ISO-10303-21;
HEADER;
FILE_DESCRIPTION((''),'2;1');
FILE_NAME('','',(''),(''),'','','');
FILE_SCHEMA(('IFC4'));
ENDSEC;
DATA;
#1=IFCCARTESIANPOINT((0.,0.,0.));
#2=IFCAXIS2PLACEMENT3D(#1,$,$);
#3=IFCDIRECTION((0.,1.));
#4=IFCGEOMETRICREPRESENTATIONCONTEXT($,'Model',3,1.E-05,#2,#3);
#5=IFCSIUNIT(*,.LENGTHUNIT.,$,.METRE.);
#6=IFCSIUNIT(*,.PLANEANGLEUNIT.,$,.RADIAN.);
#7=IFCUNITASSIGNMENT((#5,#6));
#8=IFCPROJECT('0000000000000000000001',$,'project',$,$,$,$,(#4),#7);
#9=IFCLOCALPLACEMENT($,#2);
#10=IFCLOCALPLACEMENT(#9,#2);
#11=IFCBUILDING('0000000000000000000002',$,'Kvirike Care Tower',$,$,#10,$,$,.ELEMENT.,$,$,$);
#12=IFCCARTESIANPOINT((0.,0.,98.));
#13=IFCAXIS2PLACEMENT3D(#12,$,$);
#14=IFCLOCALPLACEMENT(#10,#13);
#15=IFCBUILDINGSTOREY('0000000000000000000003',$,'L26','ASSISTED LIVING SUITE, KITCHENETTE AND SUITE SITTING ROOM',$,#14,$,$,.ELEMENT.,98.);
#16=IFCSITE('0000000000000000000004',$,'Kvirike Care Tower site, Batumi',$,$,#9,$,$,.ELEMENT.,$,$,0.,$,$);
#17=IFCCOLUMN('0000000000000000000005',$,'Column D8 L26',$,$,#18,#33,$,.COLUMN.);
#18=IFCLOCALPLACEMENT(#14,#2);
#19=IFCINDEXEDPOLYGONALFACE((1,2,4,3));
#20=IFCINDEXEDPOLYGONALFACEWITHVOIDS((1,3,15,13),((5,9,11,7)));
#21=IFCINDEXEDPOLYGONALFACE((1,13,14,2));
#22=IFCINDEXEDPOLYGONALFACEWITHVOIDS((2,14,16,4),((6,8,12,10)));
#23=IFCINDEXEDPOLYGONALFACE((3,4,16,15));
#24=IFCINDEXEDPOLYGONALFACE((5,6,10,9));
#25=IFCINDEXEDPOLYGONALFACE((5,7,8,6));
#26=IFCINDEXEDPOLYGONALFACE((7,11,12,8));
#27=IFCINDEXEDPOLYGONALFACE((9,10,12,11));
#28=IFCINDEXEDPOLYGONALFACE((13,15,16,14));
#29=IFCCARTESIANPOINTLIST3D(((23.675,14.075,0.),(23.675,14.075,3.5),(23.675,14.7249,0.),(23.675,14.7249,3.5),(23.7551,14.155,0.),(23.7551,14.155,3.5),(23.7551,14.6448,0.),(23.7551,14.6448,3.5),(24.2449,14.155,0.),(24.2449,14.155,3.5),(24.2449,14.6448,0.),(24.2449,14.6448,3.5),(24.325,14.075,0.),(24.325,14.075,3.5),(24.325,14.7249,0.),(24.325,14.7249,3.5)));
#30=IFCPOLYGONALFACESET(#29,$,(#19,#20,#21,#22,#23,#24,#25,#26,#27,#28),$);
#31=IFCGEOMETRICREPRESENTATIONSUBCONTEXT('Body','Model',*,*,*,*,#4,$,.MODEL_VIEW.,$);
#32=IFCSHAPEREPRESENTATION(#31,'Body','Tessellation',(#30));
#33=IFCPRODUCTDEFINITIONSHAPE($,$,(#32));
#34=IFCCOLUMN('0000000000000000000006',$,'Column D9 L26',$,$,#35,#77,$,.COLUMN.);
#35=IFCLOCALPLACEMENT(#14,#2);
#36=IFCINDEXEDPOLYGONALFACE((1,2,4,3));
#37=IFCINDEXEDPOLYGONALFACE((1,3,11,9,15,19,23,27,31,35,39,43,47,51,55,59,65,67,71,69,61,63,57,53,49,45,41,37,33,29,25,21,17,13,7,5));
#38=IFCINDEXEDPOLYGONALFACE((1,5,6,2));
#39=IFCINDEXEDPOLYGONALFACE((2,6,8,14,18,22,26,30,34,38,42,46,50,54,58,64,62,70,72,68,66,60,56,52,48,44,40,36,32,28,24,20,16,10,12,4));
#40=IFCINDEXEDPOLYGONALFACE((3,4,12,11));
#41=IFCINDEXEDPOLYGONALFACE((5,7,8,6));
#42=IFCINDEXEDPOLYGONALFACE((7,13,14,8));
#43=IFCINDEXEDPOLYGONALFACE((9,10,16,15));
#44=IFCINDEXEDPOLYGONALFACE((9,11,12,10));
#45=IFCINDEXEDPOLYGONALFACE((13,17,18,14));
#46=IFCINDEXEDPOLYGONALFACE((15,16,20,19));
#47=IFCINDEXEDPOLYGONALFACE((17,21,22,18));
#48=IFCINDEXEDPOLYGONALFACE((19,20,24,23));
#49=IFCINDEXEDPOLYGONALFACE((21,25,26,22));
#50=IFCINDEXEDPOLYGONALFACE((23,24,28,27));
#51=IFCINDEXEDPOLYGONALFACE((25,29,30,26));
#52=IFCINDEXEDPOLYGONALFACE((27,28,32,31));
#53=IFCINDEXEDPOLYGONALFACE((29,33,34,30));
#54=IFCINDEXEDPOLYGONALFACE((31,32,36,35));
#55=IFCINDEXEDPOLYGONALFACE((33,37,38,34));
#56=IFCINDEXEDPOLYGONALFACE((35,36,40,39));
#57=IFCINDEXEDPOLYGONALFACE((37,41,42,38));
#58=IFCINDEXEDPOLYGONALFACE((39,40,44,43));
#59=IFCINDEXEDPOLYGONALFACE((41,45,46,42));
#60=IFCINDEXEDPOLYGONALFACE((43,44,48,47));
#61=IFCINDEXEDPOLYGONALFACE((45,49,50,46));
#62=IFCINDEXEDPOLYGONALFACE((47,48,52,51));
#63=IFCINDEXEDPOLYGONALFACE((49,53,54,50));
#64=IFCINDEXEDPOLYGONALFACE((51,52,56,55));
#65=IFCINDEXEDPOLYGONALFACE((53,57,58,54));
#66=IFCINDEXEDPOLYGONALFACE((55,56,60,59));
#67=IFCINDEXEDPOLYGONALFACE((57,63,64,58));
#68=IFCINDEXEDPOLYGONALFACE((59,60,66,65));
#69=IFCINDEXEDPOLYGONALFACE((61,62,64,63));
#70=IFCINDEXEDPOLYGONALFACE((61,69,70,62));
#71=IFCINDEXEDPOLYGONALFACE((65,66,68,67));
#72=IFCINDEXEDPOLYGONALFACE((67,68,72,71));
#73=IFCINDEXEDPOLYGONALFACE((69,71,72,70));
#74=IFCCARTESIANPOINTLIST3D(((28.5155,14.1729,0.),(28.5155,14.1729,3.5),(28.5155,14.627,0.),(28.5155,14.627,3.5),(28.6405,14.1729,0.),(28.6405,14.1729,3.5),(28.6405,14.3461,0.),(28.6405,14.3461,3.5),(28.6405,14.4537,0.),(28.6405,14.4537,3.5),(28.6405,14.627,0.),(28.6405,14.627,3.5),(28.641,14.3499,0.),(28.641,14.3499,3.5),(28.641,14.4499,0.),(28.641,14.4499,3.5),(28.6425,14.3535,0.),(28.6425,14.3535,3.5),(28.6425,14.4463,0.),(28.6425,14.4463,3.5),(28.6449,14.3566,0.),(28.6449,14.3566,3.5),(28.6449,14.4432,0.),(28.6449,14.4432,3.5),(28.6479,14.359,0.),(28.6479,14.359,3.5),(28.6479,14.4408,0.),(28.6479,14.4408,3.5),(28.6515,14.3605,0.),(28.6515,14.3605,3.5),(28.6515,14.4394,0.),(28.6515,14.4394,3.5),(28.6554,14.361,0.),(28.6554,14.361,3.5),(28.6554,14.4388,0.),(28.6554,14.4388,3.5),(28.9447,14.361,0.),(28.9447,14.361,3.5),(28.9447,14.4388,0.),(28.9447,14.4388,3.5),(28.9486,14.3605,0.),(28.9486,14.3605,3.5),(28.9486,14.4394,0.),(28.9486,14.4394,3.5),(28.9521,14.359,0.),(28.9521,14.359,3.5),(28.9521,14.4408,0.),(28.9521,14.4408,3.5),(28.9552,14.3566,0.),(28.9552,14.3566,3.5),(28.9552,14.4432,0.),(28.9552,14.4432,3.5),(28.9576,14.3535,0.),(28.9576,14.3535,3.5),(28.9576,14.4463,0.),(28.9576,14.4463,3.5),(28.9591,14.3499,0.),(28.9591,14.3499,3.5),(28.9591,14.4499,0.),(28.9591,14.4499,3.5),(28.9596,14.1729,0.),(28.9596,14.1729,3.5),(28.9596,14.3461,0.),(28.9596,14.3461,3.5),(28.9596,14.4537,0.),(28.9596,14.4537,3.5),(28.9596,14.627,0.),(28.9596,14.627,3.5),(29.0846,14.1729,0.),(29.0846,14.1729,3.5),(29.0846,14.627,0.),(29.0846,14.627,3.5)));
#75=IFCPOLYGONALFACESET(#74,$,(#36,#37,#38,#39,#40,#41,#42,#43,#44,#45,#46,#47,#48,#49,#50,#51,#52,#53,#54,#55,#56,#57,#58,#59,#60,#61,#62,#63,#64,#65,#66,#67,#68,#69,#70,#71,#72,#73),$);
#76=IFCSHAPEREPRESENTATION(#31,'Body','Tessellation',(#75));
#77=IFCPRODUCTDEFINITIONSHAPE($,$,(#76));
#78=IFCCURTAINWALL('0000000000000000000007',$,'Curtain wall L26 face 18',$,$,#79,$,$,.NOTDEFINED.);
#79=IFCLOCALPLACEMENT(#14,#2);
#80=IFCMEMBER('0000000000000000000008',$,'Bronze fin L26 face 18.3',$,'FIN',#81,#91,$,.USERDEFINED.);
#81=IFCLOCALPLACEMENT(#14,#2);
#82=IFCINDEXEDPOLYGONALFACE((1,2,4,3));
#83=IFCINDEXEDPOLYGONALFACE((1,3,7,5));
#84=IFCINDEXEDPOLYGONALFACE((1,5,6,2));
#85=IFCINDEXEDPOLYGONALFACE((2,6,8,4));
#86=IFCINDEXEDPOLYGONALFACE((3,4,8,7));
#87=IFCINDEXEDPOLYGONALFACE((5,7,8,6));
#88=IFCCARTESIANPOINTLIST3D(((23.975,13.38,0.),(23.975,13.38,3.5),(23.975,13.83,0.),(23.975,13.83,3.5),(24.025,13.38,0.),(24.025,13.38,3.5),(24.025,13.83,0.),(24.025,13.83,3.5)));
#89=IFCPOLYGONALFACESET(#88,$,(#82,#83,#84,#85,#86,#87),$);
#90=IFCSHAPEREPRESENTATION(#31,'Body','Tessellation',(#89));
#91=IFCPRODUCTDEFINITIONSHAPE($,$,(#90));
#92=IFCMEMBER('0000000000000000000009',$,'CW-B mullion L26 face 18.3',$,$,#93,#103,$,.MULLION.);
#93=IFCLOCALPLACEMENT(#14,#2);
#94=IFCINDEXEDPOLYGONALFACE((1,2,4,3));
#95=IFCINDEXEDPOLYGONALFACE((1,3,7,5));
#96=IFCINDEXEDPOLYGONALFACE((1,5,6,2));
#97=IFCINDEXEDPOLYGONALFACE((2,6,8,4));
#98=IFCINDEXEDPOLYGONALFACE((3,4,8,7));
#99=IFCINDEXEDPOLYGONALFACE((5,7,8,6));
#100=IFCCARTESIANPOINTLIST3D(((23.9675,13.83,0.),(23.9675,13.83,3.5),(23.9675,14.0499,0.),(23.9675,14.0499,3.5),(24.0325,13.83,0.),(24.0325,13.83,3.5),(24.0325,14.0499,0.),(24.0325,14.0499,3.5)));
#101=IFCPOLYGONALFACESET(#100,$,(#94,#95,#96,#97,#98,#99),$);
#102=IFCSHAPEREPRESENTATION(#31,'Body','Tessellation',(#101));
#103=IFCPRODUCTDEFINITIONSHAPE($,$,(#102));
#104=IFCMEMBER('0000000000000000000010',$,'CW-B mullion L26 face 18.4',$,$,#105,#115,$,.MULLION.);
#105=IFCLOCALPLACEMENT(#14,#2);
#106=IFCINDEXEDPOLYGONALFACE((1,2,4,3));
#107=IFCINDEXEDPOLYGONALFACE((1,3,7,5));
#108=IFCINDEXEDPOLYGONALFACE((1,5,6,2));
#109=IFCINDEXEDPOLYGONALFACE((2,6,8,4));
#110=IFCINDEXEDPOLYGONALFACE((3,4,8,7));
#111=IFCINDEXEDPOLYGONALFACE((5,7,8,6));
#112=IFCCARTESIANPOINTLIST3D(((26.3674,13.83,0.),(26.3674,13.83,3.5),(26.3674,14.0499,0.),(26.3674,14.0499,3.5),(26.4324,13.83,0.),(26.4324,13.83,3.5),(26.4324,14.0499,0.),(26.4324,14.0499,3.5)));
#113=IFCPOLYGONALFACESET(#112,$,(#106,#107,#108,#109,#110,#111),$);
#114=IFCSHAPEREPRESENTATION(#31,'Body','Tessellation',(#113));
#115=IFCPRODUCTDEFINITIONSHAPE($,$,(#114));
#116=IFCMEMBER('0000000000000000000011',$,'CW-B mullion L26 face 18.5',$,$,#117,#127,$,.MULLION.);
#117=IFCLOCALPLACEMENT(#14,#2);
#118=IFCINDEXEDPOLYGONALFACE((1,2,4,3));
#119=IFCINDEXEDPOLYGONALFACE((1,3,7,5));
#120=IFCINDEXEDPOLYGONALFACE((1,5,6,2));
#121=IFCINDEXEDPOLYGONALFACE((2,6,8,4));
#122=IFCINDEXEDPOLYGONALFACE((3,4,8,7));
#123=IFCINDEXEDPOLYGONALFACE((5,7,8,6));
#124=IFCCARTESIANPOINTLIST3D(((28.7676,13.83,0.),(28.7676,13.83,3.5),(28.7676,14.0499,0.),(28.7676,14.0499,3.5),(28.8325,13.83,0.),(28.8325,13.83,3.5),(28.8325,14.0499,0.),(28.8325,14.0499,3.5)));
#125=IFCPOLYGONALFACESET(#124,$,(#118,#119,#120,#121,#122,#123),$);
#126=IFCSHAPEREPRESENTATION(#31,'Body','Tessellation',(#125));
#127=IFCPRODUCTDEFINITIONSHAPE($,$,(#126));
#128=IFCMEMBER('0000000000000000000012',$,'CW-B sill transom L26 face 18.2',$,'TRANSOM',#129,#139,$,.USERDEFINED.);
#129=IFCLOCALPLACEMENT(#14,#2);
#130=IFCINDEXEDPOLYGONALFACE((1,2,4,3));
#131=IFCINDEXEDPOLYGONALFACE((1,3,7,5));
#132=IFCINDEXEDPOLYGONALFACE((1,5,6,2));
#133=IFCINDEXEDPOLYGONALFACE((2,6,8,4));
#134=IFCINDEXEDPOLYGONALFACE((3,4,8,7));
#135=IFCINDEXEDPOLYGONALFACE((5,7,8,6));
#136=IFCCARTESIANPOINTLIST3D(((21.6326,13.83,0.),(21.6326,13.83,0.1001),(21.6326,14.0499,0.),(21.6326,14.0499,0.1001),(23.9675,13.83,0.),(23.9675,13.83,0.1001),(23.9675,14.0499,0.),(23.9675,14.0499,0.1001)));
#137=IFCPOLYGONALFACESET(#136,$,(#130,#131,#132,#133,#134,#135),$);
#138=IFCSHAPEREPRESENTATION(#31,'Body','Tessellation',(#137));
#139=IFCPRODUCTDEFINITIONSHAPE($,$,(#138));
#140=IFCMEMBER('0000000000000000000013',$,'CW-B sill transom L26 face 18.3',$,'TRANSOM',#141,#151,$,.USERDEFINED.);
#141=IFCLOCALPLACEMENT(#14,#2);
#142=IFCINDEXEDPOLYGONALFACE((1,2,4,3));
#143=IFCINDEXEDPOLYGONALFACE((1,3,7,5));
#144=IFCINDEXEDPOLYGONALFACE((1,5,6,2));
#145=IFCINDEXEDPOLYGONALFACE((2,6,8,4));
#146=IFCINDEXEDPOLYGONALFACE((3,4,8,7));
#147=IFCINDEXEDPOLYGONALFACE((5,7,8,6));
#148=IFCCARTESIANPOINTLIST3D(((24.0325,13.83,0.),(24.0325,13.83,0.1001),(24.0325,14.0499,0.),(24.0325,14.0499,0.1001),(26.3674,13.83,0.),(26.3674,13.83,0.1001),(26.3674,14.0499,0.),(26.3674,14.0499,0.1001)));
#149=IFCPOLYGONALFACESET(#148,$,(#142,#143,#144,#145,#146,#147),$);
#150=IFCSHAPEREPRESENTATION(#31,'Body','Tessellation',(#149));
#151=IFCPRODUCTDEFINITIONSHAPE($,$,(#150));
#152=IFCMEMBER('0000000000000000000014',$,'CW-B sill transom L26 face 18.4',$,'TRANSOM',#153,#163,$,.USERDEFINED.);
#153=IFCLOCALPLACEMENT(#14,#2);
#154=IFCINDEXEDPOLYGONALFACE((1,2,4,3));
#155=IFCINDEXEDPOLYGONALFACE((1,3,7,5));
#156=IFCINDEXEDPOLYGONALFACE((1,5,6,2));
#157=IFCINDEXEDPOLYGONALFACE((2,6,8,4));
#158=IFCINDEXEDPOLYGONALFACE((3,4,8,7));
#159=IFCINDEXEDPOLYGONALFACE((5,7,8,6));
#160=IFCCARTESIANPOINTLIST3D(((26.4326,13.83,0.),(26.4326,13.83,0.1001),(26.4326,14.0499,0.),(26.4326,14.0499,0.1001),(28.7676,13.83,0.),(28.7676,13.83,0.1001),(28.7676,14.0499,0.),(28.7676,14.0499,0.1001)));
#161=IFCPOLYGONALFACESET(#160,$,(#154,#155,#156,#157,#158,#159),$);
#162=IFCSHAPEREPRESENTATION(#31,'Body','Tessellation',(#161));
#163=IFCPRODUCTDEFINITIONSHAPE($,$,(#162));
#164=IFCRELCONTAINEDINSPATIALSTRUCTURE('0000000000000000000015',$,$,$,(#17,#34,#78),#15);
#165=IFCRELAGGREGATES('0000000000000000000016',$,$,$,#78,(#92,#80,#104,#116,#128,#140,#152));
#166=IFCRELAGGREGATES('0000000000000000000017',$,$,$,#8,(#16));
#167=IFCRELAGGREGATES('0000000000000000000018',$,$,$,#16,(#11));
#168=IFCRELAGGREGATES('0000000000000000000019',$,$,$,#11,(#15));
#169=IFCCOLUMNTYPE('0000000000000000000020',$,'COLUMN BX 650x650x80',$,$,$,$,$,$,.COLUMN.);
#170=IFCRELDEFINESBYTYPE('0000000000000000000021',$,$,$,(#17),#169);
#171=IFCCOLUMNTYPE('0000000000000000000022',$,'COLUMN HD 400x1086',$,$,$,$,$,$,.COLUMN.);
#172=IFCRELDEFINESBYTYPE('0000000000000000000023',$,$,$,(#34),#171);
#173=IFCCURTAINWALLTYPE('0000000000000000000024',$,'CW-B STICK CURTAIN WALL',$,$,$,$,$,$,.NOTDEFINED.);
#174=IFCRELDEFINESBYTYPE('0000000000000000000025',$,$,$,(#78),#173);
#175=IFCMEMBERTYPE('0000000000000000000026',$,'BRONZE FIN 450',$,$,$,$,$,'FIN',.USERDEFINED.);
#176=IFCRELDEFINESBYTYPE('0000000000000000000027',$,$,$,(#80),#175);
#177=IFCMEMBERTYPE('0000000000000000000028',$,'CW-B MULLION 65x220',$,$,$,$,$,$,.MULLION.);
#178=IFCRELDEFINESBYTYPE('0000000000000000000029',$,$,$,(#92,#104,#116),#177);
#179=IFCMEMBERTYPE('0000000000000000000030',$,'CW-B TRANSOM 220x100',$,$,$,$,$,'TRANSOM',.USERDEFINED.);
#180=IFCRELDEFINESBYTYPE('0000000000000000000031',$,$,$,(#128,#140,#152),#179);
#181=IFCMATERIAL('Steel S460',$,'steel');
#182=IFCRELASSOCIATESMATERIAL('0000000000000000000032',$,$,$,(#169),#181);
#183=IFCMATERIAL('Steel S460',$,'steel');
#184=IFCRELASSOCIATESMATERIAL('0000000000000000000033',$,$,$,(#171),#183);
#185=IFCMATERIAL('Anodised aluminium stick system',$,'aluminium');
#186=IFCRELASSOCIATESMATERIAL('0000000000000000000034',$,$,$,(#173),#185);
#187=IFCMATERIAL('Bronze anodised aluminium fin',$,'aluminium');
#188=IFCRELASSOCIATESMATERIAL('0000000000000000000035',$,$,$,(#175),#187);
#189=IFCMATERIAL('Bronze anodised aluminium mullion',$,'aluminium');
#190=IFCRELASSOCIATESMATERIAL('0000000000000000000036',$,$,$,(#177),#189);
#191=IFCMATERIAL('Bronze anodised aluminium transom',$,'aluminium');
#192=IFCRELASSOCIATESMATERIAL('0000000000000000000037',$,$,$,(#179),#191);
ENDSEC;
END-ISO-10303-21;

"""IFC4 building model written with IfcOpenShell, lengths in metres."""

from ifc_helpers import new_model, si_unit, direction, frame, origin, origin_2d, place, context, subcontext, project, spatial, rectangle, hollow_rectangle, i_section, extrude, material, material_profile, profile_set, type_object, element, aggregate, save


model = new_model("IFC4")

# Units and contexts
model_context = context("Model", 3, precision=1e-05, world=origin(), true_north=direction((0.0, 1.0)))
body_context = subcontext(model_context, "Body", "Model", "MODEL_VIEW")
ifc_project = project(units=[si_unit("LENGTHUNIT", "METRE"), si_unit("PLANEANGLEUNIT", "RADIAN")], contexts=[model_context])

# Site, building, storey
site_placement = place(None, origin())
site = spatial("IfcSite", under=ifc_project, at=site_placement, Name="Kvirike Care Tower site, Batumi", CompositionType="ELEMENT", RefElevation=0.0)
building_placement = place(site_placement, origin())
building = spatial("IfcBuilding", under=site, at=building_placement, Name="Kvirike Care Tower", CompositionType="ELEMENT")
storey_placement = place(building_placement, frame((0.0, 0.0, 98.0)))
storey = spatial("IfcBuildingStorey", under=building, at=storey_placement, Name="L26", Description="ASSISTED LIVING SUITE, KITCHENETTE AND SUITE SITTING ROOM", CompositionType="ELEMENT", Elevation=98.0)

# Columns
ifc_material_1 = material(Name="Steel S460", Category="steel")
ifc_material_profile_1 = material_profile(ifc_material_1, hollow_rectangle(XDim=0.6499, YDim=0.6499, WallThickness=0.0801, at=origin_2d()), Name="BX 650x650x80")
ifc_profile_set_1 = profile_set([ifc_material_profile_1], Name="Steel S460")
column_type_1 = type_object("IfcColumnType", Name="COLUMN BX 650x650x80", PredefinedType="COLUMN", material=ifc_profile_set_1)
column_1_placement = place(storey_placement, frame((24.0, 14.3999, 0.0), z_axis=(0.0, 0.0, 1.0), x_axis=(0.0, 1.0, 0.0)))
element("IfcColumn", 1, at=column_1_placement, inside=storey, type_object=column_type_1, Name="Column D8 L26", PredefinedType="COLUMN", context=body_context, shape_type="SweptSolid", body=[
    extrude(hollow_rectangle(XDim=0.6499, YDim=0.6499, WallThickness=0.0801, at=origin_2d()), origin(), (0.0, 0.0, 1.0), 3.5),
])
ifc_material_2 = material(Name="Steel S460", Category="steel")
ifc_material_profile_2 = material_profile(ifc_material_2, i_section(OverallWidth=0.4541, OverallDepth=0.5691, WebThickness=0.0779, FlangeThickness=0.125, FilletRadius=0.0149, at=origin_2d()), Name="HD 400x1086")
ifc_profile_set_2 = profile_set([ifc_material_profile_2], Name="Steel S460")
column_type_2 = type_object("IfcColumnType", Name="COLUMN HD 400x1086", PredefinedType="COLUMN", material=ifc_profile_set_2)
column_2_placement = place(storey_placement, frame((28.8, 14.3999, 0.0), z_axis=(0.0, 0.0, 1.0), x_axis=(0.0, 1.0, 0.0)))
element("IfcColumn", 2, at=column_2_placement, inside=storey, type_object=column_type_2, Name="Column D9 L26", PredefinedType="COLUMN", context=body_context, shape_type="SweptSolid", body=[
    extrude(i_section(OverallWidth=0.4541, OverallDepth=0.5691, WebThickness=0.0779, FlangeThickness=0.125, FilletRadius=0.0149, at=origin_2d()), origin(), (0.0, 0.0, 1.0), 3.5),
])

# Curtain wall, members
ifc_material_3 = material(Name="Anodised aluminium stick system", Category="aluminium")
curtain_wall_type = type_object("IfcCurtainWallType", Name="CW-B STICK CURTAIN WALL", PredefinedType="NOTDEFINED", material=ifc_material_3)
curtain_wall_placement = place(storey_placement, origin())
curtain_wall = element("IfcCurtainWall", 3, at=curtain_wall_placement, inside=storey, type_object=curtain_wall_type, Name="Curtain wall L26 face 18", PredefinedType="NOTDEFINED")
ifc_material_4 = material(Name="Bronze anodised aluminium fin", Category="aluminium")
ifc_material_profile_3 = material_profile(ifc_material_4, rectangle(XDim=0.05, YDim=0.45, at=origin_2d()), Name="BRONZE FIN 450")
ifc_profile_set_3 = profile_set([ifc_material_profile_3], Name="Bronze anodised aluminium fin")
member_type_1 = type_object("IfcMemberType", Name="BRONZE FIN 450", ElementType="FIN", PredefinedType="USERDEFINED", material=ifc_profile_set_3)
member_1_placement = place(storey_placement, frame((24.0, 13.605, 0.0), z_axis=(0.0, 0.0, 1.0), x_axis=(1.0, 0.0, 0.0)))
member_1 = element("IfcMember", 4, at=member_1_placement, type_object=member_type_1, Name="Bronze fin L26 face 18.3", ObjectType="FIN", PredefinedType="USERDEFINED", context=body_context, shape_type="SweptSolid", body=[
    extrude(rectangle(XDim=0.05, YDim=0.45, at=origin_2d()), origin(), (0.0, 0.0, 1.0), 3.5),
])
ifc_material_5 = material(Name="Bronze anodised aluminium mullion", Category="aluminium")
ifc_material_profile_4 = material_profile(ifc_material_5, rectangle(XDim=0.0649, YDim=0.22, at=origin_2d()), Name="CW-B MULLION 65x220")
ifc_profile_set_4 = profile_set([ifc_material_profile_4], Name="Bronze anodised aluminium mullion")
member_type_2 = type_object("IfcMemberType", Name="CW-B MULLION 65x220", PredefinedType="MULLION", material=ifc_profile_set_4)
member_2_placement = place(storey_placement, frame((24.0, 13.9399, 0.0), z_axis=(0.0, 0.0, 1.0), x_axis=(1.0, 0.0, 0.0)))
member_2 = element("IfcMember", 5, at=member_2_placement, type_object=member_type_2, Name="CW-B mullion L26 face 18.3", PredefinedType="MULLION", context=body_context, shape_type="SweptSolid", body=[
    extrude(rectangle(XDim=0.0649, YDim=0.22, at=origin_2d()), origin(), (0.0, 0.0, 1.0), 3.5),
])
member_3_placement = place(storey_placement, frame((26.3999, 13.9399, 0.0), z_axis=(0.0, 0.0, 1.0), x_axis=(1.0, 0.0, 0.0)))
member_3 = element("IfcMember", 6, at=member_3_placement, type_object=member_type_2, Name="CW-B mullion L26 face 18.4", PredefinedType="MULLION", context=body_context, shape_type="SweptSolid", body=[
    extrude(rectangle(XDim=0.0649, YDim=0.22, at=origin_2d()), origin(), (0.0, 0.0, 1.0), 3.5),
])
member_4_placement = place(storey_placement, frame((28.8, 13.9399, 0.0), z_axis=(0.0, 0.0, 1.0), x_axis=(1.0, 0.0, 0.0)))
member_4 = element("IfcMember", 7, at=member_4_placement, type_object=member_type_2, Name="CW-B mullion L26 face 18.5", PredefinedType="MULLION", context=body_context, shape_type="SweptSolid", body=[
    extrude(rectangle(XDim=0.0649, YDim=0.22, at=origin_2d()), origin(), (0.0, 0.0, 1.0), 3.5),
])
ifc_material_6 = material(Name="Bronze anodised aluminium transom", Category="aluminium")
ifc_material_profile_5 = material_profile(ifc_material_6, rectangle(XDim=0.22, YDim=0.1001, at=origin_2d()), Name="CW-B TRANSOM 220x100")
ifc_profile_set_5 = profile_set([ifc_material_profile_5], Name="Bronze anodised aluminium transom")
member_type_3 = type_object("IfcMemberType", Name="CW-B TRANSOM 220x100", ElementType="TRANSOM", PredefinedType="USERDEFINED", material=ifc_profile_set_5)
member_5_placement = place(storey_placement, frame((21.6326, 13.9399, 0.05), z_axis=(1.0, 0.0, 0.0), x_axis=(0.0, 1.0, 0.0)))
member_5 = element("IfcMember", 8, at=member_5_placement, type_object=member_type_3, Name="CW-B sill transom L26 face 18.2", ObjectType="TRANSOM", PredefinedType="USERDEFINED", context=body_context, shape_type="SweptSolid", body=[
    extrude(rectangle(XDim=0.22, YDim=0.1001, at=origin_2d()), origin(), (0.0, 0.0, 1.0), 2.335),
])
member_6_placement = place(storey_placement, frame((24.0325, 13.9399, 0.05), z_axis=(1.0, 0.0, 0.0), x_axis=(0.0, 1.0, 0.0)))
member_6 = element("IfcMember", 9, at=member_6_placement, type_object=member_type_3, Name="CW-B sill transom L26 face 18.3", ObjectType="TRANSOM", PredefinedType="USERDEFINED", context=body_context, shape_type="SweptSolid", body=[
    extrude(rectangle(XDim=0.22, YDim=0.1001, at=origin_2d()), origin(), (0.0, 0.0, 1.0), 2.335),
])
member_7_placement = place(storey_placement, frame((26.4326, 13.9399, 0.05), z_axis=(1.0, 0.0, 0.0), x_axis=(0.0, 1.0, 0.0)))
member_7 = element("IfcMember", 10, at=member_7_placement, type_object=member_type_3, Name="CW-B sill transom L26 face 18.4", ObjectType="TRANSOM", PredefinedType="USERDEFINED", context=body_context, shape_type="SweptSolid", body=[
    extrude(rectangle(XDim=0.22, YDim=0.1001, at=origin_2d()), origin(), (0.0, 0.0, 1.0), 2.335),
])

aggregate(curtain_wall, [member_2, member_1, member_3, member_4, member_5, member_6, member_7])

save(model, "model.ifc")
